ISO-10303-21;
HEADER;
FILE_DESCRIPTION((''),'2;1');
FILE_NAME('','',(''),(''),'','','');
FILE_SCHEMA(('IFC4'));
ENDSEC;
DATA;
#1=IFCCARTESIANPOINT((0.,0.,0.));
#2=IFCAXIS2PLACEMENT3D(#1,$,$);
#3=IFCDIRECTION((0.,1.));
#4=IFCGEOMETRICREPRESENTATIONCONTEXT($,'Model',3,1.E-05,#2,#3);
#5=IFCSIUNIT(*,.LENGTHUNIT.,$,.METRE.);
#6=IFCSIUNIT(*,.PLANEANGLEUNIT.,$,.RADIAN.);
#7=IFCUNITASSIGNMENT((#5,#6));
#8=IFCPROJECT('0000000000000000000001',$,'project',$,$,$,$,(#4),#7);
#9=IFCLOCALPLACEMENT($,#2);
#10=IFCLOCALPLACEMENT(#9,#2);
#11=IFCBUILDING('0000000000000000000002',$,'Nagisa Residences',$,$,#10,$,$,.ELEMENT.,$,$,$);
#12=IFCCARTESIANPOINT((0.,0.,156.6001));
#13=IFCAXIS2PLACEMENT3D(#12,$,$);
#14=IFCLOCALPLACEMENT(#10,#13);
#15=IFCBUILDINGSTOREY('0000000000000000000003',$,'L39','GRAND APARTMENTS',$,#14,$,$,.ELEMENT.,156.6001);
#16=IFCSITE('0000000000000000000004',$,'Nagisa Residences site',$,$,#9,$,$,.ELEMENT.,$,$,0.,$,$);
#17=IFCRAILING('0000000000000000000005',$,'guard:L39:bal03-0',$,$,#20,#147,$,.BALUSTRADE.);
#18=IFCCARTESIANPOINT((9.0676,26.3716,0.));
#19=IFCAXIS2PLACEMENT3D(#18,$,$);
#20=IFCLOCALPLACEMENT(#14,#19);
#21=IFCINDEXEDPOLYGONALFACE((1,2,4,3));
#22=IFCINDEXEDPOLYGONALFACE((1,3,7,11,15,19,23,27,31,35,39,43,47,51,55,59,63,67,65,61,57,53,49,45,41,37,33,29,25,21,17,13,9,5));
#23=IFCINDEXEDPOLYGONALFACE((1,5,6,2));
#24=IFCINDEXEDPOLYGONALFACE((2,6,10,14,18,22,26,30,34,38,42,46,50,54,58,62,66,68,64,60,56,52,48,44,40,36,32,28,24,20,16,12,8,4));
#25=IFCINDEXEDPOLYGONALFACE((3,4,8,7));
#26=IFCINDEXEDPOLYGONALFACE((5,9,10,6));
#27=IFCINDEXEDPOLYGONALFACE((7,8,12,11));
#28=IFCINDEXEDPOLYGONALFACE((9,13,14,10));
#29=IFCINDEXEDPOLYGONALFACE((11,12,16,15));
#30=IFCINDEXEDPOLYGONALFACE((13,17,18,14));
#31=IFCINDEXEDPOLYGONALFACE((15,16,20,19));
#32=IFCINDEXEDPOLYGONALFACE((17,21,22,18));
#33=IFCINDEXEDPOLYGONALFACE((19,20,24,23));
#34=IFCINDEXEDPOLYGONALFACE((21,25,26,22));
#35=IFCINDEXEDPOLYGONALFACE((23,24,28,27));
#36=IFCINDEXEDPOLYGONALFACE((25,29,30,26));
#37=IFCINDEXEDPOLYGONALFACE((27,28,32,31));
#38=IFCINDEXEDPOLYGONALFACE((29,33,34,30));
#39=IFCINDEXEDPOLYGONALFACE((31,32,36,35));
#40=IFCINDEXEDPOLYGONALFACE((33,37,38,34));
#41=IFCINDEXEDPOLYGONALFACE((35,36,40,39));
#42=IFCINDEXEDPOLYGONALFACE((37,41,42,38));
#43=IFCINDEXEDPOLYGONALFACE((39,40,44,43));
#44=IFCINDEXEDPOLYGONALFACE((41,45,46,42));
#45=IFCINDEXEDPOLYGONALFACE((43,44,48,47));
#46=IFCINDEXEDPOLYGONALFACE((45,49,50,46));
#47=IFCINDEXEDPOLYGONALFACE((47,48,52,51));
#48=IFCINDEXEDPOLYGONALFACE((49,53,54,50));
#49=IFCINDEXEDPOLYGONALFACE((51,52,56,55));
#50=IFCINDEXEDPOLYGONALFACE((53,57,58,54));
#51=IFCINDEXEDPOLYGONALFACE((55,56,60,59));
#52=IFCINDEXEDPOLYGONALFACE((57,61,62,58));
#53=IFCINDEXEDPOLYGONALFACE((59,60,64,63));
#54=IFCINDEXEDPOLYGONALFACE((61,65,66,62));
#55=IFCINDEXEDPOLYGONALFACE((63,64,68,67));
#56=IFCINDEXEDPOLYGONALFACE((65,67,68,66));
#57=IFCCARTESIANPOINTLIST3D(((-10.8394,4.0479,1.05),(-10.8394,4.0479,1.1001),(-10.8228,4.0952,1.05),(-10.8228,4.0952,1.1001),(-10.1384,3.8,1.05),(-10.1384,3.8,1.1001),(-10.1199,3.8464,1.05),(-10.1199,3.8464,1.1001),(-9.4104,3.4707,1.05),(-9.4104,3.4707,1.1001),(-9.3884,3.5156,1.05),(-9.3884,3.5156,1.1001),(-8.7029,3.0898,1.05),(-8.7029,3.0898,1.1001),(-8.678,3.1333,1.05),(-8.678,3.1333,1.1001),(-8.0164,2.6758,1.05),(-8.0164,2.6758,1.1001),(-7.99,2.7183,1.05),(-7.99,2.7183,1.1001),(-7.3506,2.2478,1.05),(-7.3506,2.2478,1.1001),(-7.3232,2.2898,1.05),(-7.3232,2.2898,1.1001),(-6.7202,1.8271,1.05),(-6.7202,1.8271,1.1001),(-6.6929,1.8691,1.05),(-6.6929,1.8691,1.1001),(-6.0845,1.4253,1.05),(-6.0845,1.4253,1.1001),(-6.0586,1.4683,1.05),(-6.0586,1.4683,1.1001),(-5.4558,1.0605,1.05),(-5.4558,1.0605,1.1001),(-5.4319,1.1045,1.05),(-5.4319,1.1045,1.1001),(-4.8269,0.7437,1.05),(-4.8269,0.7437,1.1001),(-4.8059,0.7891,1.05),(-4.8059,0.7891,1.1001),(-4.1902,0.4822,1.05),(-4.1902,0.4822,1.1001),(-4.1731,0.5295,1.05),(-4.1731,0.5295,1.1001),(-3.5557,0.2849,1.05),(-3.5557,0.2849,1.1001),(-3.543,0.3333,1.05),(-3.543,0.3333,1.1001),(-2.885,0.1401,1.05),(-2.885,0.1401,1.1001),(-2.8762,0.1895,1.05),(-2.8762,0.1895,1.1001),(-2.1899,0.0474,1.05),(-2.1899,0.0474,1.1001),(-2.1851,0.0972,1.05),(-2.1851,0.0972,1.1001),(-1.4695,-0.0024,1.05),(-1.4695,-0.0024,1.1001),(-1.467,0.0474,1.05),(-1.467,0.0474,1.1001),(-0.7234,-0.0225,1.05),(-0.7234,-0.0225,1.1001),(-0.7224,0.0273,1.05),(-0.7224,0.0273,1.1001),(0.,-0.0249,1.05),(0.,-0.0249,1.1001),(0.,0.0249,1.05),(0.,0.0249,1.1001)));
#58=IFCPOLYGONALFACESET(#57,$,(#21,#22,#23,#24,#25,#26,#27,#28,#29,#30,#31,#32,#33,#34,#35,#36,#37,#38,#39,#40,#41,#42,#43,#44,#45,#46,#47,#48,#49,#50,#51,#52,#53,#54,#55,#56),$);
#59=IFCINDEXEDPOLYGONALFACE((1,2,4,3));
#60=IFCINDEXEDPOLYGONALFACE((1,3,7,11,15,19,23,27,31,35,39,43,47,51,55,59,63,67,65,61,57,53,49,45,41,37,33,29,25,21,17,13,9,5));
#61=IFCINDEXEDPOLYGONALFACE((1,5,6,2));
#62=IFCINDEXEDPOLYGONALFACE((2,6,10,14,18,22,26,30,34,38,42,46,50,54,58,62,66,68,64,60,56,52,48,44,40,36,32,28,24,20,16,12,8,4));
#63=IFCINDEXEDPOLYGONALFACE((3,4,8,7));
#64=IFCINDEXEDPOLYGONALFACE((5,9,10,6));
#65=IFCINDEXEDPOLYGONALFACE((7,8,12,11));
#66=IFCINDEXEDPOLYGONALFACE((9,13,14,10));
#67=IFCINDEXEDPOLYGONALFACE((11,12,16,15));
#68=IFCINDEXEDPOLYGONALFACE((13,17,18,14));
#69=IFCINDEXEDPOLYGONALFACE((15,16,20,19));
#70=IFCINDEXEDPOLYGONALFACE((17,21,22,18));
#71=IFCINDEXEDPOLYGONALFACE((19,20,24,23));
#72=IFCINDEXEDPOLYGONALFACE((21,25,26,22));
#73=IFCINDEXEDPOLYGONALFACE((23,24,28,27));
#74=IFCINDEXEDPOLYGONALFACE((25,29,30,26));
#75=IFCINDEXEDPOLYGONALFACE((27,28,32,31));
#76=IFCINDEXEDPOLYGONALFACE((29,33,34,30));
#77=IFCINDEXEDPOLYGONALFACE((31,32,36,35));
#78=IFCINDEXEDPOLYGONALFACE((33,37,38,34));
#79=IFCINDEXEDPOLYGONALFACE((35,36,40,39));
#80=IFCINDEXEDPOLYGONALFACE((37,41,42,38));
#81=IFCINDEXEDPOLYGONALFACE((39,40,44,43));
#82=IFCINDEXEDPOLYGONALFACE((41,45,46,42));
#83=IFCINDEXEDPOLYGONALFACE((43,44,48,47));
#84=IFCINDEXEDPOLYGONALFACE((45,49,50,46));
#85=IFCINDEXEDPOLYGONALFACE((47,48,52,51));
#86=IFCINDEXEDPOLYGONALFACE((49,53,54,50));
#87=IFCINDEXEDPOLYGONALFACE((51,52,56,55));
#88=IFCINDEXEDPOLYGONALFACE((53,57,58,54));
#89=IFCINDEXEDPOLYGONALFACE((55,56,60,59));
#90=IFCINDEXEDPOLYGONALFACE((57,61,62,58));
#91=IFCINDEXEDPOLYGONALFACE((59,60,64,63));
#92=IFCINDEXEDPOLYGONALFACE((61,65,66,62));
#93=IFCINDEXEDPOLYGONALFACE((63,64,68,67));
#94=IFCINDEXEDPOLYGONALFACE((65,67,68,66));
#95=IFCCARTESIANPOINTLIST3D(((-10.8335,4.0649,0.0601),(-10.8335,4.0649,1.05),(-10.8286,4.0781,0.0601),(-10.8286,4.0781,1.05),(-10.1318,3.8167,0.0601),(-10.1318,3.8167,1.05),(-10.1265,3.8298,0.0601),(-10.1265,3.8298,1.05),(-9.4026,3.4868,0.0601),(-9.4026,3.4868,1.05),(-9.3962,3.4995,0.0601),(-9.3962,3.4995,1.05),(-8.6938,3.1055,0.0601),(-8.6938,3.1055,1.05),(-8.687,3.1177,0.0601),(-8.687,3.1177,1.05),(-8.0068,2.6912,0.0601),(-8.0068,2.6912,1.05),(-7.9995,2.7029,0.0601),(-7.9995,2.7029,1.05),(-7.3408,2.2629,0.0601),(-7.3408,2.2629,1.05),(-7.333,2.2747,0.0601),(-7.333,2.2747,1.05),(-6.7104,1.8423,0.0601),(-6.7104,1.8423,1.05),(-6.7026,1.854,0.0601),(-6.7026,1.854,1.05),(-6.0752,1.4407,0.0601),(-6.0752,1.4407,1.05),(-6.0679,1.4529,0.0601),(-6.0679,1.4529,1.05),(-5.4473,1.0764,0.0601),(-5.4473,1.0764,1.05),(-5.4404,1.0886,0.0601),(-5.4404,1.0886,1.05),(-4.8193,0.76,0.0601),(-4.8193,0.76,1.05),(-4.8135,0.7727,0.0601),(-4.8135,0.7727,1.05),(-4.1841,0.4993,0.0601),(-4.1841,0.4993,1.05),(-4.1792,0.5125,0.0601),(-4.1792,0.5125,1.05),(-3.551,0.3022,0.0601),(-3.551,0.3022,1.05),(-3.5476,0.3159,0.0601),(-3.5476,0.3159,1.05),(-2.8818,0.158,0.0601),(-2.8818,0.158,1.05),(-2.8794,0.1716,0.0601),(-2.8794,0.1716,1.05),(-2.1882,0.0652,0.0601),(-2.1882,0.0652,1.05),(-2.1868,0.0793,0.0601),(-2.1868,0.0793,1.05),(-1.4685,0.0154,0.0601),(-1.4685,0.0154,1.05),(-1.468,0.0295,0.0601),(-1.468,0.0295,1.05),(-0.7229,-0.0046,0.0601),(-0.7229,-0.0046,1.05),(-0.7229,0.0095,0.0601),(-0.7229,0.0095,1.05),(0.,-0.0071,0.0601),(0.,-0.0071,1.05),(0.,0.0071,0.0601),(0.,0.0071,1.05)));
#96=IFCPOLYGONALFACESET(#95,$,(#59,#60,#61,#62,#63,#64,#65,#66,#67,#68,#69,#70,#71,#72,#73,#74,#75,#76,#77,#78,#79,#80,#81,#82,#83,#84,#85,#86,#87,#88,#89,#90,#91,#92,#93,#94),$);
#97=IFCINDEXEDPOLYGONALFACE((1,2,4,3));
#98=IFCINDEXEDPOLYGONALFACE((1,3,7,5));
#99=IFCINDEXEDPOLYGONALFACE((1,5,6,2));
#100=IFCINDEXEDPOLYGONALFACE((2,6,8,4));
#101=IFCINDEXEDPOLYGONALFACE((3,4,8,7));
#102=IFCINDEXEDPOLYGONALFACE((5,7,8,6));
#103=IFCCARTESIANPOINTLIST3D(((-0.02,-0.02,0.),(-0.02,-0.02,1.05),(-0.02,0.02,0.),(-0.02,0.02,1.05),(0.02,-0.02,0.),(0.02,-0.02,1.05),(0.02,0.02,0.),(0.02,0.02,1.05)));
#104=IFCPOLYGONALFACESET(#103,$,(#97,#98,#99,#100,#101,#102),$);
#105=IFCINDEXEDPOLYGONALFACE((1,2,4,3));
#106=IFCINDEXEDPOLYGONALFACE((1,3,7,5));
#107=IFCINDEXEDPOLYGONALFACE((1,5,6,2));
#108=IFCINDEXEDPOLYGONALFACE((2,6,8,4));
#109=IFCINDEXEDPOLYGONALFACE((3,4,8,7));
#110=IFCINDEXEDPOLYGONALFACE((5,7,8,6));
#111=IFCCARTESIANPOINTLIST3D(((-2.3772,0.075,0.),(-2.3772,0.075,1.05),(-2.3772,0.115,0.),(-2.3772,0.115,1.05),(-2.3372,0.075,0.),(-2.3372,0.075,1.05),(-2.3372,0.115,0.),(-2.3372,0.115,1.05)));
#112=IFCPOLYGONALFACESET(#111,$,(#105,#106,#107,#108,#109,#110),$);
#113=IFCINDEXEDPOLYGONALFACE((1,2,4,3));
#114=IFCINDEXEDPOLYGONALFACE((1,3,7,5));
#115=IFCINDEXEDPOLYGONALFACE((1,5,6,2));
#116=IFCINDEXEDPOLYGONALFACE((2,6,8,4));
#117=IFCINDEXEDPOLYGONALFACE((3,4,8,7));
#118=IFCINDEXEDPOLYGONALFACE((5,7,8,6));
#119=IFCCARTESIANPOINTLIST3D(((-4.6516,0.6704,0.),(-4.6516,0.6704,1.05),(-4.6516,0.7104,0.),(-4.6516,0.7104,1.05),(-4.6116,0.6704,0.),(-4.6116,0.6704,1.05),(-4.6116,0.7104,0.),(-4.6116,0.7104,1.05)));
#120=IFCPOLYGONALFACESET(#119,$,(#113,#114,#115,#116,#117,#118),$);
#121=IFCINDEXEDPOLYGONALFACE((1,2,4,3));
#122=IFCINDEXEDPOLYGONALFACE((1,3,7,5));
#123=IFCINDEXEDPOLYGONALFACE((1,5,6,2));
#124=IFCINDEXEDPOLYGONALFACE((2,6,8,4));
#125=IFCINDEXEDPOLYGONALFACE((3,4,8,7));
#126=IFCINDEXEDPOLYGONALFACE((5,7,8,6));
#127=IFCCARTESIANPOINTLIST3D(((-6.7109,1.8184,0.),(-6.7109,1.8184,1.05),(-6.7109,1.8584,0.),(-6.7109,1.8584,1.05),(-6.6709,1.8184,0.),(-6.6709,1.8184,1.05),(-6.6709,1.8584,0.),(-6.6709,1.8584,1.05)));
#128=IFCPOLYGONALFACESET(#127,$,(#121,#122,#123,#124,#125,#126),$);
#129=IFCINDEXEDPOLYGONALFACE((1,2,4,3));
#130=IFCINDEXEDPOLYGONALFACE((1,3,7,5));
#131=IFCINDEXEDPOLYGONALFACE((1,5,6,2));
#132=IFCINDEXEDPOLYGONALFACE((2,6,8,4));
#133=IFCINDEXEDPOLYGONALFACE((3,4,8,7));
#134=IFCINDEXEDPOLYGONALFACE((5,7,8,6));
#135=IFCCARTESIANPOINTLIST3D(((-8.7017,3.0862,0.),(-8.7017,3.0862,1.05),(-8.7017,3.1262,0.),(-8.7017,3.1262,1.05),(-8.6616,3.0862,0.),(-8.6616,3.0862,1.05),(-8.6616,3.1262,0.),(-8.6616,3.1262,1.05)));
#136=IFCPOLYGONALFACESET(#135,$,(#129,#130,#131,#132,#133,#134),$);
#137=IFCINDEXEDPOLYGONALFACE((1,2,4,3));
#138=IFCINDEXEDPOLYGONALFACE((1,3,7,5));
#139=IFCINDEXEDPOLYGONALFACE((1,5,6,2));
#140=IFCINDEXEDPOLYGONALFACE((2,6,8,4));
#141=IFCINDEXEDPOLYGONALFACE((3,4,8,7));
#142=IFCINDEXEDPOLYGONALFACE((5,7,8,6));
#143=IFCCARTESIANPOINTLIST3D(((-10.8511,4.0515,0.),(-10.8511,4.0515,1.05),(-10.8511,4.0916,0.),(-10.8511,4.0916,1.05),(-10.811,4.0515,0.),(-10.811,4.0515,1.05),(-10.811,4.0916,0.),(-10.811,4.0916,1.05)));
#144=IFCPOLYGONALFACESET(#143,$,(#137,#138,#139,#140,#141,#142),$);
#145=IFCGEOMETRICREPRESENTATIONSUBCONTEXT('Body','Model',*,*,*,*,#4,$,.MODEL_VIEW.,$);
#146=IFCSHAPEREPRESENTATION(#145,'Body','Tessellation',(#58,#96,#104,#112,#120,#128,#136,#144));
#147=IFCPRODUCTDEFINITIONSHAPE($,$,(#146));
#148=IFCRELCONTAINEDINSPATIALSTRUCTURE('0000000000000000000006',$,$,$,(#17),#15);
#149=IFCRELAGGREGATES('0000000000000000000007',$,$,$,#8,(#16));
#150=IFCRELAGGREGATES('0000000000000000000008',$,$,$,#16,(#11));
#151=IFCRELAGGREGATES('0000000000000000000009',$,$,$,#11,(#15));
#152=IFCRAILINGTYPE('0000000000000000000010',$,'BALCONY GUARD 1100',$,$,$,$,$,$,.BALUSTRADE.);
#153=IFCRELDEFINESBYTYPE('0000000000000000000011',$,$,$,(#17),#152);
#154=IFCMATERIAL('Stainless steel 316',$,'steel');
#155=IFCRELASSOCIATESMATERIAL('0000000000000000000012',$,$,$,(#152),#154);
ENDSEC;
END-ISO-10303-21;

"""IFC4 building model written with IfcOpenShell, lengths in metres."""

from ifc_helpers import new_model, si_unit, direction, frame, origin, origin_2d, place, context, subcontext, project, spatial, polyline, rectangle, outline, extrude, material, type_object, element, save


model = new_model("IFC4")

# Units and contexts
model_context = context("Model", 3, precision=1e-05, world=origin(), true_north=direction((0.0, 1.0)))
body_context = subcontext(model_context, "Body", "Model", "MODEL_VIEW")
ifc_project = project(units=[si_unit("LENGTHUNIT", "METRE"), si_unit("PLANEANGLEUNIT", "RADIAN")], contexts=[model_context])

# Site, building, storey
site_placement = place(None, origin())
site = spatial("IfcSite", under=ifc_project, at=site_placement, Name="Nagisa Residences site", CompositionType="ELEMENT", RefElevation=0.0)
building_placement = place(site_placement, origin())
building = spatial("IfcBuilding", under=site, at=building_placement, Name="Nagisa Residences", CompositionType="ELEMENT")
storey_placement = place(building_placement, frame((0.0, 0.0, 156.6001)))
storey = spatial("IfcBuildingStorey", under=building, at=storey_placement, Name="L39", Description="GRAND APARTMENTS", CompositionType="ELEMENT", Elevation=156.6001)

# Railing
ifc_material_1 = material(Name="Stainless steel 316", Category="steel")
railing_type_1 = type_object("IfcRailingType", Name="BALCONY GUARD 1100", PredefinedType="BALUSTRADE", material=ifc_material_1)
railing_1_placement = place(storey_placement, frame((9.0676, 26.3716, 0.0)))
element("IfcRailing", 1, at=railing_1_placement, inside=storey, type_object=railing_type_1, Name="guard:L39:bal03-0", PredefinedType="BALUSTRADE", context=body_context, shape_type="SweptSolid", body=[
    extrude(outline(polyline([(-0.7234, -0.0225), (0.0, -0.0249), (0.0, 0.0249), (-0.7224, 0.0273), (-1.467, 0.0474), (-2.1851, 0.0972), (-2.8762, 0.1895), (-3.543, 0.3333), (-4.1731, 0.5295), (-4.8059, 0.7891), (-5.4319, 1.1045), (-6.0586, 1.4683), (-6.6929, 1.8691), (-7.3232, 2.2898), (-7.99, 2.7183), (-8.678, 3.1333), (-9.3884, 3.5156), (-10.1199, 3.8464), (-10.8228, 4.0952), (-10.8394, 4.0479), (-10.1384, 3.8), (-9.4104, 3.4707), (-8.7029, 3.0898), (-8.0164, 2.6758), (-7.3506, 2.2478), (-6.7202, 1.8271), (-6.0845, 1.4253), (-5.4558, 1.0605), (-4.8269, 0.7437), (-4.1902, 0.4822), (-3.5557, 0.2849), (-2.885, 0.1401), (-2.1899, 0.0474), (-1.4695, -0.0024), (-0.7234, -0.0225)])), frame((0.0, 0.0, 1.05)), (0.0, 0.0, 1.0), 0.05),
    extrude(outline(polyline([(-0.7229, -0.0046), (0.0, -0.0071), (0.0, 0.0071), (-0.7229, 0.0095), (-1.468, 0.0295), (-2.1868, 0.0793), (-2.8794, 0.1716), (-3.5476, 0.3159), (-4.1792, 0.5125), (-4.8135, 0.7727), (-5.4404, 1.0886), (-6.0679, 1.4529), (-6.7026, 1.854), (-7.333, 2.2747), (-7.9995, 2.7029), (-8.687, 3.1177), (-9.3962, 3.4995), (-10.1265, 3.8298), (-10.8286, 4.0781), (-10.8335, 4.0649), (-10.1318, 3.8167), (-9.4026, 3.4868), (-8.6938, 3.1055), (-8.0068, 2.6912), (-7.3408, 2.2629), (-6.7104, 1.8423), (-6.0752, 1.4407), (-5.4473, 1.0764), (-4.8193, 0.76), (-4.1841, 0.4993), (-3.551, 0.3022), (-2.8818, 0.158), (-2.1882, 0.0652), (-1.4685, 0.0154), (-0.7229, -0.0046)])), frame((0.0, 0.0, 0.0601)), (0.0, 0.0, 1.0), 0.99),
    extrude(rectangle(XDim=0.04, YDim=0.04, at=origin_2d()), origin(), (0.0, 0.0, 1.0), 1.05),
    extrude(rectangle(XDim=0.04, YDim=0.04, at=origin_2d()), frame((-2.3572, 0.095, 0.0)), (0.0, 0.0, 1.0), 1.05),
    extrude(rectangle(XDim=0.04, YDim=0.04, at=origin_2d()), frame((-4.6316, 0.6904, 0.0)), (0.0, 0.0, 1.0), 1.05),
    extrude(rectangle(XDim=0.04, YDim=0.04, at=origin_2d()), frame((-6.6909, 1.8384, 0.0)), (0.0, 0.0, 1.0), 1.05),
    extrude(rectangle(XDim=0.04, YDim=0.04, at=origin_2d()), frame((-8.6816, 3.1062, 0.0)), (0.0, 0.0, 1.0), 1.05),
    extrude(rectangle(XDim=0.04, YDim=0.04, at=origin_2d()), frame((-10.8311, 4.0715, 0.0)), (0.0, 0.0, 1.0), 1.05),
])

save(model, "model.ifc")
